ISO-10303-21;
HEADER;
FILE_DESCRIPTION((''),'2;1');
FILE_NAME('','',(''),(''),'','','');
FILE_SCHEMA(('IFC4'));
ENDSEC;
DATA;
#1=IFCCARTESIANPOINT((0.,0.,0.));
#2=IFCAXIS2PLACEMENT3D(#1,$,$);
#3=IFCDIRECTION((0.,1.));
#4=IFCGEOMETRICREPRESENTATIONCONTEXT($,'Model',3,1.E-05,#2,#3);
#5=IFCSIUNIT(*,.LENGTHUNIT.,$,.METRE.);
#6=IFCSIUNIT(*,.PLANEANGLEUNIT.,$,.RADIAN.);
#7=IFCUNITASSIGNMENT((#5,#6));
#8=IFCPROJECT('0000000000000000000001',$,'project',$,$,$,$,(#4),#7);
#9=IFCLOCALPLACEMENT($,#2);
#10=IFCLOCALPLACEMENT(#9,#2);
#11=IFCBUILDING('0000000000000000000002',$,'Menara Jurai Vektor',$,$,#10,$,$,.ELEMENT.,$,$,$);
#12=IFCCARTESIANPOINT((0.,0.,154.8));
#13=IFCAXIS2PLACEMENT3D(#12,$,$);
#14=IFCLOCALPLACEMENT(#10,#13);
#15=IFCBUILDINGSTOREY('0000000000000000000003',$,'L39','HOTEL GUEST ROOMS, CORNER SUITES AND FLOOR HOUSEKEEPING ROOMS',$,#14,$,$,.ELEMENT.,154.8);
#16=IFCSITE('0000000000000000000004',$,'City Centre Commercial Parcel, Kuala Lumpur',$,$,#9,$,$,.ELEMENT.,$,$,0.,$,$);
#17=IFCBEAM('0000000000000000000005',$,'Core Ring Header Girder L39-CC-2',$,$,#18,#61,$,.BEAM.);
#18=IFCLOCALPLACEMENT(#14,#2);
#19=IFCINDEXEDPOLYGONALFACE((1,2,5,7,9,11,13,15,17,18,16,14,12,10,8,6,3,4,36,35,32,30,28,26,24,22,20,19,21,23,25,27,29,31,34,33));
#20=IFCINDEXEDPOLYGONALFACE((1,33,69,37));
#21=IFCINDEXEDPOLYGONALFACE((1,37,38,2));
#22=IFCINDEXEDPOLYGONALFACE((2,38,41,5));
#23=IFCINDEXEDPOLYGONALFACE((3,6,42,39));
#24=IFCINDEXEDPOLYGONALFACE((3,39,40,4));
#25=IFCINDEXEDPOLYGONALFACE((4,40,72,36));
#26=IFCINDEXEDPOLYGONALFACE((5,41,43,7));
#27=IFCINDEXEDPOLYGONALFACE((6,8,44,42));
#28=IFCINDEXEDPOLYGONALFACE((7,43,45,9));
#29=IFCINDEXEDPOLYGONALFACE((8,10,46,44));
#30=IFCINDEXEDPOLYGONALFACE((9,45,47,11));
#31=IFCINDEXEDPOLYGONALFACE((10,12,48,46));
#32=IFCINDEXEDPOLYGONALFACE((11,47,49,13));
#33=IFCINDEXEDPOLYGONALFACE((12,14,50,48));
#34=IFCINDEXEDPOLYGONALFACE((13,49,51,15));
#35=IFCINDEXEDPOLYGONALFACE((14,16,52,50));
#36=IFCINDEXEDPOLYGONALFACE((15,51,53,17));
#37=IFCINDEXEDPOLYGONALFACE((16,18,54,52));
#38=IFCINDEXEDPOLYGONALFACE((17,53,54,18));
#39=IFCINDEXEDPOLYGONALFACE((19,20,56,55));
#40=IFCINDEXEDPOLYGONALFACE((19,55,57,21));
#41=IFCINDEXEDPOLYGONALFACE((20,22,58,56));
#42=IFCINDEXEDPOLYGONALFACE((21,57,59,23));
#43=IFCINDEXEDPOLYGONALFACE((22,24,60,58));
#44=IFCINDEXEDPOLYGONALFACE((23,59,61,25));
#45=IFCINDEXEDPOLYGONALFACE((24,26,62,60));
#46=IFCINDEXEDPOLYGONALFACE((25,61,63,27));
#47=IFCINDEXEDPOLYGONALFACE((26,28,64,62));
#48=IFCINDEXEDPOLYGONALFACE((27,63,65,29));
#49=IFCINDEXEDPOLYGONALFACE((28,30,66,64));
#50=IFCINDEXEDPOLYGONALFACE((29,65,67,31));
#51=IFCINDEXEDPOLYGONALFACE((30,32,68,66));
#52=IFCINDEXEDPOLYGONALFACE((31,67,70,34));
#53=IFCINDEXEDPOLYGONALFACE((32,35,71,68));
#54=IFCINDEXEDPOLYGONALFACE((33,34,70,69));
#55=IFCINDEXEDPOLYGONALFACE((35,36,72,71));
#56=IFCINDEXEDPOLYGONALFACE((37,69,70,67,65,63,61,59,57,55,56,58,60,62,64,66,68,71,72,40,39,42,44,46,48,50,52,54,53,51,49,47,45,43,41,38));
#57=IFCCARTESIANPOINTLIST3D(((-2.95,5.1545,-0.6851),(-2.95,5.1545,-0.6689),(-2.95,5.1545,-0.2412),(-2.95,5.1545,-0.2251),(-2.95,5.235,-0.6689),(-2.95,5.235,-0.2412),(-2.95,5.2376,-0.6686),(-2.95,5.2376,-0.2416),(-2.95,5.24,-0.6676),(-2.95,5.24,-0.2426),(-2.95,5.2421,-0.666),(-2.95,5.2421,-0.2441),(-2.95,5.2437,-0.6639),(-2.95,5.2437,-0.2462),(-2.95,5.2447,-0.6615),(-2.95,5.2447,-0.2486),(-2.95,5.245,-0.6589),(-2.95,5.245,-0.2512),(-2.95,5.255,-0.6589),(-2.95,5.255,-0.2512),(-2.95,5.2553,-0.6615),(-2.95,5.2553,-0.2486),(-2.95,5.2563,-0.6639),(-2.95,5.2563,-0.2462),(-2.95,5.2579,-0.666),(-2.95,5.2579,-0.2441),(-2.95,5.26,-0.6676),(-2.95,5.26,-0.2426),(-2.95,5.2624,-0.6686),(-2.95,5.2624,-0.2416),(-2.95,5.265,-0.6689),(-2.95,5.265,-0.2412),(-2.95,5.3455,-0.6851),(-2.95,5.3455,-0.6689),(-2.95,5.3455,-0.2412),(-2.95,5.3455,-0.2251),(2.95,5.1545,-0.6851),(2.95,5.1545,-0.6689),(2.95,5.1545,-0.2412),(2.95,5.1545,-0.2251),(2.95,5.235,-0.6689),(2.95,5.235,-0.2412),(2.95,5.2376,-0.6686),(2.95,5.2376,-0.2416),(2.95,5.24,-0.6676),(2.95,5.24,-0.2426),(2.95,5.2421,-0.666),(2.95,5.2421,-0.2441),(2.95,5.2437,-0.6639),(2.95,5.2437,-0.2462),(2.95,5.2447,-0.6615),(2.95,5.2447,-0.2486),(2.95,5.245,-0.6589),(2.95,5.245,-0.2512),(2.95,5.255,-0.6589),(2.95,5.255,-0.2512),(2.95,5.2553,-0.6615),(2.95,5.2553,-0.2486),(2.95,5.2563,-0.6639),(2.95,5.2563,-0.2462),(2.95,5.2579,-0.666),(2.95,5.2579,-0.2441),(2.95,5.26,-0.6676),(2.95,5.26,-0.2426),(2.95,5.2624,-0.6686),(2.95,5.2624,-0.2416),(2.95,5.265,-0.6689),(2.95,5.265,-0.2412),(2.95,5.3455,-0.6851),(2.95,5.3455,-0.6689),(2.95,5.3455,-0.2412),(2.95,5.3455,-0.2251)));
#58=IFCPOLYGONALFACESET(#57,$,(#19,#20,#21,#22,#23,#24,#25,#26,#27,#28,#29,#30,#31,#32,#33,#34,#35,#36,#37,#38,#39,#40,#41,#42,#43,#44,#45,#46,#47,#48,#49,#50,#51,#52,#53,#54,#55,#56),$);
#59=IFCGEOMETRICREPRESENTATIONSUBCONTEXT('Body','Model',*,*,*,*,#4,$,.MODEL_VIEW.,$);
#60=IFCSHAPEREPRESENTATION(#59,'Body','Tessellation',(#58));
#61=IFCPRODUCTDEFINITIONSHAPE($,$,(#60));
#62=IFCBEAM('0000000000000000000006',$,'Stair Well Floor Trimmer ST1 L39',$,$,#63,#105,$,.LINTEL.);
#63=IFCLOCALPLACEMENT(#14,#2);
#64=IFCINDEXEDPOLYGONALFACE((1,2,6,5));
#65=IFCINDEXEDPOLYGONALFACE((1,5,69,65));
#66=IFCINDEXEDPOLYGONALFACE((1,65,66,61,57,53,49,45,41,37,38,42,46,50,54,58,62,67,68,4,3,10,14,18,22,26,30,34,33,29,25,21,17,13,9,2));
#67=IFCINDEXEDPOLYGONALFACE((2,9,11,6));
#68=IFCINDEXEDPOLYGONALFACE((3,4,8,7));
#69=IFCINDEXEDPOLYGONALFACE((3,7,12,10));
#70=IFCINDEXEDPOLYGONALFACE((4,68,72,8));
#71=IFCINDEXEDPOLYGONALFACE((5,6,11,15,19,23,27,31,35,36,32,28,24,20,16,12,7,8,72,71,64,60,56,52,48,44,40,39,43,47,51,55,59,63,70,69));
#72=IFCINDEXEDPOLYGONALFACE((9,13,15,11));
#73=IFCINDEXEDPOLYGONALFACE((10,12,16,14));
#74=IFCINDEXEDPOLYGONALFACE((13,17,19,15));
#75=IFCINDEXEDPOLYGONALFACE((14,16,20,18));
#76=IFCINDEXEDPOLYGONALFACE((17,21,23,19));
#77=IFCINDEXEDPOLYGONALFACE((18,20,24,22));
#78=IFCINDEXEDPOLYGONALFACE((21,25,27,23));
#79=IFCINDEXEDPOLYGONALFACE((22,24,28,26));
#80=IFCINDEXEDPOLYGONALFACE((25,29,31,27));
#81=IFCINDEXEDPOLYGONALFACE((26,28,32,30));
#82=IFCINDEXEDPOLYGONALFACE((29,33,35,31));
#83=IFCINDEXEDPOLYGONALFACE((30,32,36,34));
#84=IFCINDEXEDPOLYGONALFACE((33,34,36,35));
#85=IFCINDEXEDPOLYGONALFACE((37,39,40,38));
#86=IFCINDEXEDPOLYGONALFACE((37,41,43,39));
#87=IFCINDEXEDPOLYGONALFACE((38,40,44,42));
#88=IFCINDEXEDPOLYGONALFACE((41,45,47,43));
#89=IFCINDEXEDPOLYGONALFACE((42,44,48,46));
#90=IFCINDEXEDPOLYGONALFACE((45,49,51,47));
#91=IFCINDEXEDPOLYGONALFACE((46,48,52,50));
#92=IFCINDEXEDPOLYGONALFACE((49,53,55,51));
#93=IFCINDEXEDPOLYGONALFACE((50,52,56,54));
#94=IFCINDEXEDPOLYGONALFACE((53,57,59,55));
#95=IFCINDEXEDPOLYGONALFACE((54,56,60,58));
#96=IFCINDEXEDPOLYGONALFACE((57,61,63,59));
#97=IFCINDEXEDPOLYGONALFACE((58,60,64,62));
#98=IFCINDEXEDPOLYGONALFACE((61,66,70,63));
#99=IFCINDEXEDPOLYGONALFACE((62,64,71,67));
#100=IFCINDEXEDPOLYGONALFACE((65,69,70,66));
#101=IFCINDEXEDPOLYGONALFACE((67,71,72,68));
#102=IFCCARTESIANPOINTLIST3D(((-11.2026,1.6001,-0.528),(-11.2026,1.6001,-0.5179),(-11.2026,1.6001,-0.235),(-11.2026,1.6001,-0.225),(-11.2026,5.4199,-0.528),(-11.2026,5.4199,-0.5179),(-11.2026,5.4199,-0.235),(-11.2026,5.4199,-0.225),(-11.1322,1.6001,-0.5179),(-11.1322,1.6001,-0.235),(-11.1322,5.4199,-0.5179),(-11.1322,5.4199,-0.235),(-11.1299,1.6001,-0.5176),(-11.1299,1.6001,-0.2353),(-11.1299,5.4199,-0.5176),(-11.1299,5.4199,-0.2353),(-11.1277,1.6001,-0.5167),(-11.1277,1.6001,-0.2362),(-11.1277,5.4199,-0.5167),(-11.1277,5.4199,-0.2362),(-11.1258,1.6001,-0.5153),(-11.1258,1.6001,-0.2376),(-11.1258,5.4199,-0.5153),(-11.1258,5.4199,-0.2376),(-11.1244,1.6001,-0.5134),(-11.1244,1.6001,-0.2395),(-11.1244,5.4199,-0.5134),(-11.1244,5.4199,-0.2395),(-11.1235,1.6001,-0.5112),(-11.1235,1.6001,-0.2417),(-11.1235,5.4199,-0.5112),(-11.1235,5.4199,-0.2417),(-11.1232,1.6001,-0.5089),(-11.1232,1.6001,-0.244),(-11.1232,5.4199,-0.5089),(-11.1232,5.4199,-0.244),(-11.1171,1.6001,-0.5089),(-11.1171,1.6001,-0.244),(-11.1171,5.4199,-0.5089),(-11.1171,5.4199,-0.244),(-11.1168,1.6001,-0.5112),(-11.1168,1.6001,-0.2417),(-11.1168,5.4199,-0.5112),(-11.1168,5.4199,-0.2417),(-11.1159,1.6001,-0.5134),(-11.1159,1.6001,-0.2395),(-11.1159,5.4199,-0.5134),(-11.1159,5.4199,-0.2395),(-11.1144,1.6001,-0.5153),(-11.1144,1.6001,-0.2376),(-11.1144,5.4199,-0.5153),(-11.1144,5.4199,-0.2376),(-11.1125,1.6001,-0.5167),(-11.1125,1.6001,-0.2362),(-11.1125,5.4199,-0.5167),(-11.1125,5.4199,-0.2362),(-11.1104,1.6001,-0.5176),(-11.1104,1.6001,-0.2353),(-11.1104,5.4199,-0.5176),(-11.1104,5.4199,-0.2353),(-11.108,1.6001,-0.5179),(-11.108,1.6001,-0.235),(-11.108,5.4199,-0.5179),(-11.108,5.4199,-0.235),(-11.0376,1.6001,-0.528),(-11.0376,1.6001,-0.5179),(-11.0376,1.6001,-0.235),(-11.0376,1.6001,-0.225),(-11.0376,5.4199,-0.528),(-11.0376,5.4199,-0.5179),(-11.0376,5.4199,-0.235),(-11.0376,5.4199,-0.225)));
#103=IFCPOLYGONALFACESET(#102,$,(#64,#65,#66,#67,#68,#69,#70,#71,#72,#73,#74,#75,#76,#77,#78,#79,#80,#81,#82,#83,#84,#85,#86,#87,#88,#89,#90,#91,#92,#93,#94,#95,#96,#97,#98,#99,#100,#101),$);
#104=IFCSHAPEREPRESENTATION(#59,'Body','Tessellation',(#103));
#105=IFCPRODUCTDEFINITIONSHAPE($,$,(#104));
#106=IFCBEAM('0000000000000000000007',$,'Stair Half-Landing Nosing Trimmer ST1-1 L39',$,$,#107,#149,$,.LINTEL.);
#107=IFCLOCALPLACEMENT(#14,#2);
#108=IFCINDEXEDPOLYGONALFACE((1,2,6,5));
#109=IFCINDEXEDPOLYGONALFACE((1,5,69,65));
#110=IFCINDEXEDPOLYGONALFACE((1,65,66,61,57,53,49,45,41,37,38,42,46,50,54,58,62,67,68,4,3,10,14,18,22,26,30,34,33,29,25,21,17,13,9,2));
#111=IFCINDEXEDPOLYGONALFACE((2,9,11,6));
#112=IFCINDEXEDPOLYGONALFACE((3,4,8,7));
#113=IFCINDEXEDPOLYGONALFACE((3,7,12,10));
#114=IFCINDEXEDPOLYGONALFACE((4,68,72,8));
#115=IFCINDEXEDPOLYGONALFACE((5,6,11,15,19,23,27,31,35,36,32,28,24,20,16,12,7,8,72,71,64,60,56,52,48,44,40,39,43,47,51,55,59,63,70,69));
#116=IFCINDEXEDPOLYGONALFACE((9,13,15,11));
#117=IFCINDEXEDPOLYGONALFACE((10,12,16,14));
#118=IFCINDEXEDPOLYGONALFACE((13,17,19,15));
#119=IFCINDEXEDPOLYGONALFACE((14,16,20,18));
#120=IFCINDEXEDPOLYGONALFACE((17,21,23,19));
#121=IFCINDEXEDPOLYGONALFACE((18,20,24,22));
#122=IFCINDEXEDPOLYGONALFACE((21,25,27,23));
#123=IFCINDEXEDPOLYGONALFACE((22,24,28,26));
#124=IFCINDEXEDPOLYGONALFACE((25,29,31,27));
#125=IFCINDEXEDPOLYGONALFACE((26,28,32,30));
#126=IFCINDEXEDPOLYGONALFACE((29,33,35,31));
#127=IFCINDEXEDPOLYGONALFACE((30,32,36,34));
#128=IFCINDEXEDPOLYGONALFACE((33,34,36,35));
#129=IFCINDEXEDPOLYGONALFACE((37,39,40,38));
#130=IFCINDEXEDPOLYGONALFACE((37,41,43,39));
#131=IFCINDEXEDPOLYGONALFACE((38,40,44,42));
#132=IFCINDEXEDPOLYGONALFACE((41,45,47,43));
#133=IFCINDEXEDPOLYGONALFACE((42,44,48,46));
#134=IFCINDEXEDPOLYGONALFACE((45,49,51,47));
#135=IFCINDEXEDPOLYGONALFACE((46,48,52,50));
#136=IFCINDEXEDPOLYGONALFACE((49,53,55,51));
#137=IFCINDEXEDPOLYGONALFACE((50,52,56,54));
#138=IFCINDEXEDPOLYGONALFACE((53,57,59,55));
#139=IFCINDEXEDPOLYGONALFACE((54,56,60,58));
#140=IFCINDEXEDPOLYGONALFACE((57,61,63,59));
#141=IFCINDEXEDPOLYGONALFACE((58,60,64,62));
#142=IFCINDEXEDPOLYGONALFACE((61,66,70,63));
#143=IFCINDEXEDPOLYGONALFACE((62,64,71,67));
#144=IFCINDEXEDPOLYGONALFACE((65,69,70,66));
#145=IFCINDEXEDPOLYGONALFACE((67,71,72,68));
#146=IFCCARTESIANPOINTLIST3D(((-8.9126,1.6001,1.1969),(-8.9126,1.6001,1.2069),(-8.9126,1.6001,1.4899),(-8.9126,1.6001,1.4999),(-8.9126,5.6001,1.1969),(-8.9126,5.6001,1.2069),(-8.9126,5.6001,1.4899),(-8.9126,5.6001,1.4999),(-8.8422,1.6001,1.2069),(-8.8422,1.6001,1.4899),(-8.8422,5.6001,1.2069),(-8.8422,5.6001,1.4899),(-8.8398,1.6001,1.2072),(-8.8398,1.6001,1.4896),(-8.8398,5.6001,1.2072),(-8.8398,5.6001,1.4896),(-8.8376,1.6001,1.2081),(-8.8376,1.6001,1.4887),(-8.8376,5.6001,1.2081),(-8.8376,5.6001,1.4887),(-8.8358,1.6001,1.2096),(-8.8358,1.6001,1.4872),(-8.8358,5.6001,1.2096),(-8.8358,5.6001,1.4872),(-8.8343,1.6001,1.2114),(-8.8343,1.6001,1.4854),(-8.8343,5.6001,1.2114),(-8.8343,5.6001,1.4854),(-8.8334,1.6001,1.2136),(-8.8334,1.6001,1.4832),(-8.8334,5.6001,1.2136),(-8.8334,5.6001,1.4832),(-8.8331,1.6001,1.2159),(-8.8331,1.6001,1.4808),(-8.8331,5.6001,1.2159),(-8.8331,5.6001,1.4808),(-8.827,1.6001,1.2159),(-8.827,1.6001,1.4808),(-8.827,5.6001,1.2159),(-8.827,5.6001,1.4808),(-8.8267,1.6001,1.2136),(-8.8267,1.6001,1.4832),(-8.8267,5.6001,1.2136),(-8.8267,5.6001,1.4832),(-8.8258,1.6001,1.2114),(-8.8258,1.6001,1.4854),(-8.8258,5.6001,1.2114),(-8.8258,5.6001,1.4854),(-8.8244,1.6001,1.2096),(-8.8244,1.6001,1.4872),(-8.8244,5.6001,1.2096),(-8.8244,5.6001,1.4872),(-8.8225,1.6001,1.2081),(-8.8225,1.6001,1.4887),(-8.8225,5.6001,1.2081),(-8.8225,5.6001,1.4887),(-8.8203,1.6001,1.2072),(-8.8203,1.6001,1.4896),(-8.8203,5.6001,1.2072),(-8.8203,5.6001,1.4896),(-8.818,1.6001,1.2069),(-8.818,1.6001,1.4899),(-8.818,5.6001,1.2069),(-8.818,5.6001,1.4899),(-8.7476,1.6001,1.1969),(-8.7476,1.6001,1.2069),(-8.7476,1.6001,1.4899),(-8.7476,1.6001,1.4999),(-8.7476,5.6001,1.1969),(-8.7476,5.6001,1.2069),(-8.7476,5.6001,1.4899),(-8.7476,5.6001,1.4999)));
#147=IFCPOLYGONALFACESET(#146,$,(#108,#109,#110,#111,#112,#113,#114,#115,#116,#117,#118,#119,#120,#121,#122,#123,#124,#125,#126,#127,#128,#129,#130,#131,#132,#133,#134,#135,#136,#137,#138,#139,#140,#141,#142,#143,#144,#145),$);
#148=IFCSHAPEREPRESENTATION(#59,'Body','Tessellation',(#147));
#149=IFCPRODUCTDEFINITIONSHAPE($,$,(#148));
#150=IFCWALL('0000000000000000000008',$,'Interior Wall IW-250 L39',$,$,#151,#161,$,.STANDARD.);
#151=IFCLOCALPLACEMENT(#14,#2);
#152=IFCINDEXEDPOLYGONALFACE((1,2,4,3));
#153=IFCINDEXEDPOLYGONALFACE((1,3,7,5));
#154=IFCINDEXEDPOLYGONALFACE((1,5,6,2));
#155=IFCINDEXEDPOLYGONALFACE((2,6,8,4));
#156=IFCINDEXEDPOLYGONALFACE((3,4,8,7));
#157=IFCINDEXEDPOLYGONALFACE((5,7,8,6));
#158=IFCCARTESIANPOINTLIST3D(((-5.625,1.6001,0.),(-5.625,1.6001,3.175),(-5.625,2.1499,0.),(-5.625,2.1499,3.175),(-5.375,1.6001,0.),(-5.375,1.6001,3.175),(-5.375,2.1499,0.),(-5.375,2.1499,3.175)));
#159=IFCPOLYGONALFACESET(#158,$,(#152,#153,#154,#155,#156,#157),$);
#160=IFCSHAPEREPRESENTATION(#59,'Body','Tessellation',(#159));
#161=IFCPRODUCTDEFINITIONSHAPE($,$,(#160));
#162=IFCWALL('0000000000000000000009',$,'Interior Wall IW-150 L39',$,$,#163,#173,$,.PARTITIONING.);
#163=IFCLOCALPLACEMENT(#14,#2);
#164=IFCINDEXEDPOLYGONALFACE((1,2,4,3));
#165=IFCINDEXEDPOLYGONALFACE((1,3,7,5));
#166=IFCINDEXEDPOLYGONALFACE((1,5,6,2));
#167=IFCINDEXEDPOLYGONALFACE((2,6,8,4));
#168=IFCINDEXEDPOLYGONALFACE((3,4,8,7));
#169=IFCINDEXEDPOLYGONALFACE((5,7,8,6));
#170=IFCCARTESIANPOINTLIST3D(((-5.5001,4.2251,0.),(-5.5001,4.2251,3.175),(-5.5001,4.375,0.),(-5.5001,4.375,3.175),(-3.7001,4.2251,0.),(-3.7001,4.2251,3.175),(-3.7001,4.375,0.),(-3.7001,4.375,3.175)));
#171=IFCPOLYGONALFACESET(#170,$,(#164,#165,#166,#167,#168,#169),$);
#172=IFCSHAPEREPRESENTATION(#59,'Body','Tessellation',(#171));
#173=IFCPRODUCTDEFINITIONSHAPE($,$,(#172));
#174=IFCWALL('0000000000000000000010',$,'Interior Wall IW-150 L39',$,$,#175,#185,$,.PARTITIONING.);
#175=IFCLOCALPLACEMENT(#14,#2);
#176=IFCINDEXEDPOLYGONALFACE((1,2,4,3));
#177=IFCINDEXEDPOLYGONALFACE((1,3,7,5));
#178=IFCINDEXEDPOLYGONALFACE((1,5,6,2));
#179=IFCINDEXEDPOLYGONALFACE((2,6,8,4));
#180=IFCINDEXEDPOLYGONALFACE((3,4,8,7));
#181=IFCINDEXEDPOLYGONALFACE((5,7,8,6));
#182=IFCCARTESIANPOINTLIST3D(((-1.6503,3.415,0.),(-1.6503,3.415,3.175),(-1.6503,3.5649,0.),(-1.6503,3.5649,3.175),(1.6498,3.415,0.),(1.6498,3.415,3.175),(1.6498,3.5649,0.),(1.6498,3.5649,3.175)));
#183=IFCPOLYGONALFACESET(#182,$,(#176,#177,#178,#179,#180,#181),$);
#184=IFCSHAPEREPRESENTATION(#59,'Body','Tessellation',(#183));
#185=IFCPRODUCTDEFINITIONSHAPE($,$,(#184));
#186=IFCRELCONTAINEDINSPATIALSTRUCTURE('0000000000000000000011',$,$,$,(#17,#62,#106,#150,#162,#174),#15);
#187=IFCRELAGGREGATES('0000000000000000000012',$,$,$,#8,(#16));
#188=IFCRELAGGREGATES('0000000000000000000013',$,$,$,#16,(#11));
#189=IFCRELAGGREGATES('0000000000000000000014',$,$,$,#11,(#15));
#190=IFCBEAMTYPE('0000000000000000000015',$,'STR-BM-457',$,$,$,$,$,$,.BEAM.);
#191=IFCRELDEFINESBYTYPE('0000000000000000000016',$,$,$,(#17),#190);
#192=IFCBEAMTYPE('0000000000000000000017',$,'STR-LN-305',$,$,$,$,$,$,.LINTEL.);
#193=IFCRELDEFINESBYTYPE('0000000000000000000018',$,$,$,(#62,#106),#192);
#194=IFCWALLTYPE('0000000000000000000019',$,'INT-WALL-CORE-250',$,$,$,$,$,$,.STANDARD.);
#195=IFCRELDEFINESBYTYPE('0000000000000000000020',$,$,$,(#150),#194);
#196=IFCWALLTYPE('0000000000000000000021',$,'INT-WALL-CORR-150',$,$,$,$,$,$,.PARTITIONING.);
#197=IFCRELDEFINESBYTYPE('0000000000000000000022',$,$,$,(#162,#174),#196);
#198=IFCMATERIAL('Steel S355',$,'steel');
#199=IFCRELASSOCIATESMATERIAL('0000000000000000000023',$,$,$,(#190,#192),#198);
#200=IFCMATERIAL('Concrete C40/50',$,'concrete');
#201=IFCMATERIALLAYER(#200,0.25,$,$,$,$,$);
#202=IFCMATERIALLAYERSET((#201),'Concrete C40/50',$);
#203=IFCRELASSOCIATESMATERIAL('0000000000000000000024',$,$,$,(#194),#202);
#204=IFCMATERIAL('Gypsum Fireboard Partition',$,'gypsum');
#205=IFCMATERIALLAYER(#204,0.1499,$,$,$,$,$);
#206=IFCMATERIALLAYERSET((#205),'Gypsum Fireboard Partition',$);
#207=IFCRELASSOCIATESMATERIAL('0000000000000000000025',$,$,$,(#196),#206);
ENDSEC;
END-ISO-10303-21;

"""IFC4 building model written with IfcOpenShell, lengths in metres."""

from ifc_helpers import new_model, si_unit, direction, frame, frame_2d, origin, origin_2d, place, context, subcontext, project, spatial, rectangle, i_section, extrude, material, layer, layer_set, material_profile, profile_set, type_object, element, save


model = new_model("IFC4")

# Units and contexts
model_context = context("Model", 3, precision=1e-05, world=origin(), true_north=direction((0.0, 1.0)))
body_context = subcontext(model_context, "Body", "Model", "MODEL_VIEW")
ifc_project = project(units=[si_unit("LENGTHUNIT", "METRE"), si_unit("PLANEANGLEUNIT", "RADIAN")], contexts=[model_context])

# Site, building, storey
site_placement = place(None, origin())
site = spatial("IfcSite", under=ifc_project, at=site_placement, Name="City Centre Commercial Parcel, Kuala Lumpur", CompositionType="ELEMENT", RefElevation=0.0)
building_placement = place(site_placement, origin())
building = spatial("IfcBuilding", under=site, at=building_placement, Name="Menara Jurai Vektor", CompositionType="ELEMENT")
storey_placement = place(building_placement, frame((0.0, 0.0, 154.8)))
storey = spatial("IfcBuildingStorey", under=building, at=storey_placement, Name="L39", Description="HOTEL GUEST ROOMS, CORNER SUITES AND FLOOR HOUSEKEEPING ROOMS", CompositionType="ELEMENT", Elevation=154.8)

# Shared definitions
ifc_material_1 = material(Name="Steel S355", Category="steel")

# Beams
ifc_material_profile_1 = material_profile(ifc_material_1, i_section(OverallWidth=0.1909, OverallDepth=0.46, WebThickness=0.01, FlangeThickness=0.0161, FilletRadius=0.01, at=origin_2d()), Name="UKB 457x191x82")
ifc_profile_set_1 = profile_set([ifc_material_profile_1], Name="Steel S355")
beam_type_1 = type_object("IfcBeamType", Name="STR-BM-457", PredefinedType="BEAM", material=ifc_profile_set_1)
beam_1_placement = place(storey_placement, frame((-2.95, 5.25, -0.4551), z_axis=(1.0, 0.0, 0.0), x_axis=(0.0, 1.0, 0.0)))
element("IfcBeam", 1, at=beam_1_placement, inside=storey, type_object=beam_type_1, Name="Core Ring Header Girder L39-CC-2", PredefinedType="BEAM", context=body_context, shape_type="SweptSolid", body=[
    extrude(i_section(OverallWidth=0.1909, OverallDepth=0.46, WebThickness=0.01, FlangeThickness=0.0161, FilletRadius=0.01, at=origin_2d()), origin(), (0.0, 0.0, 1.0), 5.8999),
])
ifc_material_profile_2 = material_profile(ifc_material_1, i_section(OverallWidth=0.165, OverallDepth=0.303, WebThickness=0.0061, FlangeThickness=0.01, FilletRadius=0.009, at=origin_2d()), Name="UKB 305x165x40")
ifc_profile_set_2 = profile_set([ifc_material_profile_2], Name="Steel S355")
beam_type_2 = type_object("IfcBeamType", Name="STR-LN-305", PredefinedType="LINTEL", material=ifc_profile_set_2)
beam_2_placement = place(storey_placement, frame((-11.1201, 1.6001, -0.3765), z_axis=(0.0, 1.0, 0.0), x_axis=(-1.0, 0.0, 0.0)))
element("IfcBeam", 2, at=beam_2_placement, inside=storey, type_object=beam_type_2, Name="Stair Well Floor Trimmer ST1 L39", PredefinedType="LINTEL", context=body_context, shape_type="SweptSolid", body=[
    extrude(i_section(OverallWidth=0.165, OverallDepth=0.303, WebThickness=0.0061, FlangeThickness=0.01, FilletRadius=0.009, at=origin_2d()), origin(), (0.0, 0.0, 1.0), 3.8198),
])
beam_3_placement = place(storey_placement, frame((-8.8301, 1.6001, 1.3484), z_axis=(0.0, 1.0, 0.0), x_axis=(-1.0, 0.0, 0.0)))
element("IfcBeam", 3, at=beam_3_placement, inside=storey, type_object=beam_type_2, Name="Stair Half-Landing Nosing Trimmer ST1-1 L39", PredefinedType="LINTEL", context=body_context, shape_type="SweptSolid", body=[
    extrude(i_section(OverallWidth=0.165, OverallDepth=0.303, WebThickness=0.0061, FlangeThickness=0.01, FilletRadius=0.009, at=origin_2d()), origin(), (0.0, 0.0, 1.0), 4.0),
])

# Shared definitions
ifc_material_2 = material(Name="Concrete C40/50", Category="concrete")
ifc_layer_1 = layer(ifc_material_2, 0.25)
ifc_layer_set_1 = layer_set([ifc_layer_1], Name="Concrete C40/50")
wall_type_1 = type_object("IfcWallType", Name="INT-WALL-CORE-250", PredefinedType="STANDARD", material=ifc_layer_set_1)

# Walls
wall_1_placement = place(storey_placement, frame((-5.5, 1.6001, 0.0), z_axis=(0.0, 0.0, 1.0), x_axis=(0.0, 1.0, 0.0)))
element("IfcWall", 4, at=wall_1_placement, inside=storey, type_object=wall_type_1, Name="Interior Wall IW-250 L39", PredefinedType="STANDARD", context=body_context, shape_type="SweptSolid", body=[
    extrude(rectangle(XDim=0.5498, YDim=0.25, at=frame_2d((0.2749, 0.0))), origin(), (0.0, 0.0, 1.0), 3.175),
])
ifc_material_3 = material(Name="Gypsum Fireboard Partition", Category="gypsum")
ifc_layer_2 = layer(ifc_material_3, 0.1499)
ifc_layer_set_2 = layer_set([ifc_layer_2], Name="Gypsum Fireboard Partition")
wall_type_2 = type_object("IfcWallType", Name="INT-WALL-CORR-150", PredefinedType="PARTITIONING", material=ifc_layer_set_2)
wall_2_placement = place(storey_placement, frame((-5.5, 4.3, 0.0), z_axis=(0.0, 0.0, 1.0), x_axis=(1.0, 0.0, 0.0)))
element("IfcWall", 5, at=wall_2_placement, inside=storey, type_object=wall_type_2, Name="Interior Wall IW-150 L39", PredefinedType="PARTITIONING", context=body_context, shape_type="SweptSolid", body=[
    extrude(rectangle(XDim=1.8, YDim=0.1499, at=frame_2d((0.8999, 0.0))), origin(), (0.0, 0.0, 1.0), 3.175),
])
wall_3_placement = place(storey_placement, frame((-1.6501, 3.49, 0.0), z_axis=(0.0, 0.0, 1.0), x_axis=(1.0, 0.0, 0.0)))
element("IfcWall", 6, at=wall_3_placement, inside=storey, type_object=wall_type_2, Name="Interior Wall IW-150 L39", PredefinedType="PARTITIONING", context=body_context, shape_type="SweptSolid", body=[
    extrude(rectangle(XDim=3.3, YDim=0.1499, at=frame_2d((1.6499, 0.0))), origin(), (0.0, 0.0, 1.0), 3.175),
])

save(model, "model.ifc")
